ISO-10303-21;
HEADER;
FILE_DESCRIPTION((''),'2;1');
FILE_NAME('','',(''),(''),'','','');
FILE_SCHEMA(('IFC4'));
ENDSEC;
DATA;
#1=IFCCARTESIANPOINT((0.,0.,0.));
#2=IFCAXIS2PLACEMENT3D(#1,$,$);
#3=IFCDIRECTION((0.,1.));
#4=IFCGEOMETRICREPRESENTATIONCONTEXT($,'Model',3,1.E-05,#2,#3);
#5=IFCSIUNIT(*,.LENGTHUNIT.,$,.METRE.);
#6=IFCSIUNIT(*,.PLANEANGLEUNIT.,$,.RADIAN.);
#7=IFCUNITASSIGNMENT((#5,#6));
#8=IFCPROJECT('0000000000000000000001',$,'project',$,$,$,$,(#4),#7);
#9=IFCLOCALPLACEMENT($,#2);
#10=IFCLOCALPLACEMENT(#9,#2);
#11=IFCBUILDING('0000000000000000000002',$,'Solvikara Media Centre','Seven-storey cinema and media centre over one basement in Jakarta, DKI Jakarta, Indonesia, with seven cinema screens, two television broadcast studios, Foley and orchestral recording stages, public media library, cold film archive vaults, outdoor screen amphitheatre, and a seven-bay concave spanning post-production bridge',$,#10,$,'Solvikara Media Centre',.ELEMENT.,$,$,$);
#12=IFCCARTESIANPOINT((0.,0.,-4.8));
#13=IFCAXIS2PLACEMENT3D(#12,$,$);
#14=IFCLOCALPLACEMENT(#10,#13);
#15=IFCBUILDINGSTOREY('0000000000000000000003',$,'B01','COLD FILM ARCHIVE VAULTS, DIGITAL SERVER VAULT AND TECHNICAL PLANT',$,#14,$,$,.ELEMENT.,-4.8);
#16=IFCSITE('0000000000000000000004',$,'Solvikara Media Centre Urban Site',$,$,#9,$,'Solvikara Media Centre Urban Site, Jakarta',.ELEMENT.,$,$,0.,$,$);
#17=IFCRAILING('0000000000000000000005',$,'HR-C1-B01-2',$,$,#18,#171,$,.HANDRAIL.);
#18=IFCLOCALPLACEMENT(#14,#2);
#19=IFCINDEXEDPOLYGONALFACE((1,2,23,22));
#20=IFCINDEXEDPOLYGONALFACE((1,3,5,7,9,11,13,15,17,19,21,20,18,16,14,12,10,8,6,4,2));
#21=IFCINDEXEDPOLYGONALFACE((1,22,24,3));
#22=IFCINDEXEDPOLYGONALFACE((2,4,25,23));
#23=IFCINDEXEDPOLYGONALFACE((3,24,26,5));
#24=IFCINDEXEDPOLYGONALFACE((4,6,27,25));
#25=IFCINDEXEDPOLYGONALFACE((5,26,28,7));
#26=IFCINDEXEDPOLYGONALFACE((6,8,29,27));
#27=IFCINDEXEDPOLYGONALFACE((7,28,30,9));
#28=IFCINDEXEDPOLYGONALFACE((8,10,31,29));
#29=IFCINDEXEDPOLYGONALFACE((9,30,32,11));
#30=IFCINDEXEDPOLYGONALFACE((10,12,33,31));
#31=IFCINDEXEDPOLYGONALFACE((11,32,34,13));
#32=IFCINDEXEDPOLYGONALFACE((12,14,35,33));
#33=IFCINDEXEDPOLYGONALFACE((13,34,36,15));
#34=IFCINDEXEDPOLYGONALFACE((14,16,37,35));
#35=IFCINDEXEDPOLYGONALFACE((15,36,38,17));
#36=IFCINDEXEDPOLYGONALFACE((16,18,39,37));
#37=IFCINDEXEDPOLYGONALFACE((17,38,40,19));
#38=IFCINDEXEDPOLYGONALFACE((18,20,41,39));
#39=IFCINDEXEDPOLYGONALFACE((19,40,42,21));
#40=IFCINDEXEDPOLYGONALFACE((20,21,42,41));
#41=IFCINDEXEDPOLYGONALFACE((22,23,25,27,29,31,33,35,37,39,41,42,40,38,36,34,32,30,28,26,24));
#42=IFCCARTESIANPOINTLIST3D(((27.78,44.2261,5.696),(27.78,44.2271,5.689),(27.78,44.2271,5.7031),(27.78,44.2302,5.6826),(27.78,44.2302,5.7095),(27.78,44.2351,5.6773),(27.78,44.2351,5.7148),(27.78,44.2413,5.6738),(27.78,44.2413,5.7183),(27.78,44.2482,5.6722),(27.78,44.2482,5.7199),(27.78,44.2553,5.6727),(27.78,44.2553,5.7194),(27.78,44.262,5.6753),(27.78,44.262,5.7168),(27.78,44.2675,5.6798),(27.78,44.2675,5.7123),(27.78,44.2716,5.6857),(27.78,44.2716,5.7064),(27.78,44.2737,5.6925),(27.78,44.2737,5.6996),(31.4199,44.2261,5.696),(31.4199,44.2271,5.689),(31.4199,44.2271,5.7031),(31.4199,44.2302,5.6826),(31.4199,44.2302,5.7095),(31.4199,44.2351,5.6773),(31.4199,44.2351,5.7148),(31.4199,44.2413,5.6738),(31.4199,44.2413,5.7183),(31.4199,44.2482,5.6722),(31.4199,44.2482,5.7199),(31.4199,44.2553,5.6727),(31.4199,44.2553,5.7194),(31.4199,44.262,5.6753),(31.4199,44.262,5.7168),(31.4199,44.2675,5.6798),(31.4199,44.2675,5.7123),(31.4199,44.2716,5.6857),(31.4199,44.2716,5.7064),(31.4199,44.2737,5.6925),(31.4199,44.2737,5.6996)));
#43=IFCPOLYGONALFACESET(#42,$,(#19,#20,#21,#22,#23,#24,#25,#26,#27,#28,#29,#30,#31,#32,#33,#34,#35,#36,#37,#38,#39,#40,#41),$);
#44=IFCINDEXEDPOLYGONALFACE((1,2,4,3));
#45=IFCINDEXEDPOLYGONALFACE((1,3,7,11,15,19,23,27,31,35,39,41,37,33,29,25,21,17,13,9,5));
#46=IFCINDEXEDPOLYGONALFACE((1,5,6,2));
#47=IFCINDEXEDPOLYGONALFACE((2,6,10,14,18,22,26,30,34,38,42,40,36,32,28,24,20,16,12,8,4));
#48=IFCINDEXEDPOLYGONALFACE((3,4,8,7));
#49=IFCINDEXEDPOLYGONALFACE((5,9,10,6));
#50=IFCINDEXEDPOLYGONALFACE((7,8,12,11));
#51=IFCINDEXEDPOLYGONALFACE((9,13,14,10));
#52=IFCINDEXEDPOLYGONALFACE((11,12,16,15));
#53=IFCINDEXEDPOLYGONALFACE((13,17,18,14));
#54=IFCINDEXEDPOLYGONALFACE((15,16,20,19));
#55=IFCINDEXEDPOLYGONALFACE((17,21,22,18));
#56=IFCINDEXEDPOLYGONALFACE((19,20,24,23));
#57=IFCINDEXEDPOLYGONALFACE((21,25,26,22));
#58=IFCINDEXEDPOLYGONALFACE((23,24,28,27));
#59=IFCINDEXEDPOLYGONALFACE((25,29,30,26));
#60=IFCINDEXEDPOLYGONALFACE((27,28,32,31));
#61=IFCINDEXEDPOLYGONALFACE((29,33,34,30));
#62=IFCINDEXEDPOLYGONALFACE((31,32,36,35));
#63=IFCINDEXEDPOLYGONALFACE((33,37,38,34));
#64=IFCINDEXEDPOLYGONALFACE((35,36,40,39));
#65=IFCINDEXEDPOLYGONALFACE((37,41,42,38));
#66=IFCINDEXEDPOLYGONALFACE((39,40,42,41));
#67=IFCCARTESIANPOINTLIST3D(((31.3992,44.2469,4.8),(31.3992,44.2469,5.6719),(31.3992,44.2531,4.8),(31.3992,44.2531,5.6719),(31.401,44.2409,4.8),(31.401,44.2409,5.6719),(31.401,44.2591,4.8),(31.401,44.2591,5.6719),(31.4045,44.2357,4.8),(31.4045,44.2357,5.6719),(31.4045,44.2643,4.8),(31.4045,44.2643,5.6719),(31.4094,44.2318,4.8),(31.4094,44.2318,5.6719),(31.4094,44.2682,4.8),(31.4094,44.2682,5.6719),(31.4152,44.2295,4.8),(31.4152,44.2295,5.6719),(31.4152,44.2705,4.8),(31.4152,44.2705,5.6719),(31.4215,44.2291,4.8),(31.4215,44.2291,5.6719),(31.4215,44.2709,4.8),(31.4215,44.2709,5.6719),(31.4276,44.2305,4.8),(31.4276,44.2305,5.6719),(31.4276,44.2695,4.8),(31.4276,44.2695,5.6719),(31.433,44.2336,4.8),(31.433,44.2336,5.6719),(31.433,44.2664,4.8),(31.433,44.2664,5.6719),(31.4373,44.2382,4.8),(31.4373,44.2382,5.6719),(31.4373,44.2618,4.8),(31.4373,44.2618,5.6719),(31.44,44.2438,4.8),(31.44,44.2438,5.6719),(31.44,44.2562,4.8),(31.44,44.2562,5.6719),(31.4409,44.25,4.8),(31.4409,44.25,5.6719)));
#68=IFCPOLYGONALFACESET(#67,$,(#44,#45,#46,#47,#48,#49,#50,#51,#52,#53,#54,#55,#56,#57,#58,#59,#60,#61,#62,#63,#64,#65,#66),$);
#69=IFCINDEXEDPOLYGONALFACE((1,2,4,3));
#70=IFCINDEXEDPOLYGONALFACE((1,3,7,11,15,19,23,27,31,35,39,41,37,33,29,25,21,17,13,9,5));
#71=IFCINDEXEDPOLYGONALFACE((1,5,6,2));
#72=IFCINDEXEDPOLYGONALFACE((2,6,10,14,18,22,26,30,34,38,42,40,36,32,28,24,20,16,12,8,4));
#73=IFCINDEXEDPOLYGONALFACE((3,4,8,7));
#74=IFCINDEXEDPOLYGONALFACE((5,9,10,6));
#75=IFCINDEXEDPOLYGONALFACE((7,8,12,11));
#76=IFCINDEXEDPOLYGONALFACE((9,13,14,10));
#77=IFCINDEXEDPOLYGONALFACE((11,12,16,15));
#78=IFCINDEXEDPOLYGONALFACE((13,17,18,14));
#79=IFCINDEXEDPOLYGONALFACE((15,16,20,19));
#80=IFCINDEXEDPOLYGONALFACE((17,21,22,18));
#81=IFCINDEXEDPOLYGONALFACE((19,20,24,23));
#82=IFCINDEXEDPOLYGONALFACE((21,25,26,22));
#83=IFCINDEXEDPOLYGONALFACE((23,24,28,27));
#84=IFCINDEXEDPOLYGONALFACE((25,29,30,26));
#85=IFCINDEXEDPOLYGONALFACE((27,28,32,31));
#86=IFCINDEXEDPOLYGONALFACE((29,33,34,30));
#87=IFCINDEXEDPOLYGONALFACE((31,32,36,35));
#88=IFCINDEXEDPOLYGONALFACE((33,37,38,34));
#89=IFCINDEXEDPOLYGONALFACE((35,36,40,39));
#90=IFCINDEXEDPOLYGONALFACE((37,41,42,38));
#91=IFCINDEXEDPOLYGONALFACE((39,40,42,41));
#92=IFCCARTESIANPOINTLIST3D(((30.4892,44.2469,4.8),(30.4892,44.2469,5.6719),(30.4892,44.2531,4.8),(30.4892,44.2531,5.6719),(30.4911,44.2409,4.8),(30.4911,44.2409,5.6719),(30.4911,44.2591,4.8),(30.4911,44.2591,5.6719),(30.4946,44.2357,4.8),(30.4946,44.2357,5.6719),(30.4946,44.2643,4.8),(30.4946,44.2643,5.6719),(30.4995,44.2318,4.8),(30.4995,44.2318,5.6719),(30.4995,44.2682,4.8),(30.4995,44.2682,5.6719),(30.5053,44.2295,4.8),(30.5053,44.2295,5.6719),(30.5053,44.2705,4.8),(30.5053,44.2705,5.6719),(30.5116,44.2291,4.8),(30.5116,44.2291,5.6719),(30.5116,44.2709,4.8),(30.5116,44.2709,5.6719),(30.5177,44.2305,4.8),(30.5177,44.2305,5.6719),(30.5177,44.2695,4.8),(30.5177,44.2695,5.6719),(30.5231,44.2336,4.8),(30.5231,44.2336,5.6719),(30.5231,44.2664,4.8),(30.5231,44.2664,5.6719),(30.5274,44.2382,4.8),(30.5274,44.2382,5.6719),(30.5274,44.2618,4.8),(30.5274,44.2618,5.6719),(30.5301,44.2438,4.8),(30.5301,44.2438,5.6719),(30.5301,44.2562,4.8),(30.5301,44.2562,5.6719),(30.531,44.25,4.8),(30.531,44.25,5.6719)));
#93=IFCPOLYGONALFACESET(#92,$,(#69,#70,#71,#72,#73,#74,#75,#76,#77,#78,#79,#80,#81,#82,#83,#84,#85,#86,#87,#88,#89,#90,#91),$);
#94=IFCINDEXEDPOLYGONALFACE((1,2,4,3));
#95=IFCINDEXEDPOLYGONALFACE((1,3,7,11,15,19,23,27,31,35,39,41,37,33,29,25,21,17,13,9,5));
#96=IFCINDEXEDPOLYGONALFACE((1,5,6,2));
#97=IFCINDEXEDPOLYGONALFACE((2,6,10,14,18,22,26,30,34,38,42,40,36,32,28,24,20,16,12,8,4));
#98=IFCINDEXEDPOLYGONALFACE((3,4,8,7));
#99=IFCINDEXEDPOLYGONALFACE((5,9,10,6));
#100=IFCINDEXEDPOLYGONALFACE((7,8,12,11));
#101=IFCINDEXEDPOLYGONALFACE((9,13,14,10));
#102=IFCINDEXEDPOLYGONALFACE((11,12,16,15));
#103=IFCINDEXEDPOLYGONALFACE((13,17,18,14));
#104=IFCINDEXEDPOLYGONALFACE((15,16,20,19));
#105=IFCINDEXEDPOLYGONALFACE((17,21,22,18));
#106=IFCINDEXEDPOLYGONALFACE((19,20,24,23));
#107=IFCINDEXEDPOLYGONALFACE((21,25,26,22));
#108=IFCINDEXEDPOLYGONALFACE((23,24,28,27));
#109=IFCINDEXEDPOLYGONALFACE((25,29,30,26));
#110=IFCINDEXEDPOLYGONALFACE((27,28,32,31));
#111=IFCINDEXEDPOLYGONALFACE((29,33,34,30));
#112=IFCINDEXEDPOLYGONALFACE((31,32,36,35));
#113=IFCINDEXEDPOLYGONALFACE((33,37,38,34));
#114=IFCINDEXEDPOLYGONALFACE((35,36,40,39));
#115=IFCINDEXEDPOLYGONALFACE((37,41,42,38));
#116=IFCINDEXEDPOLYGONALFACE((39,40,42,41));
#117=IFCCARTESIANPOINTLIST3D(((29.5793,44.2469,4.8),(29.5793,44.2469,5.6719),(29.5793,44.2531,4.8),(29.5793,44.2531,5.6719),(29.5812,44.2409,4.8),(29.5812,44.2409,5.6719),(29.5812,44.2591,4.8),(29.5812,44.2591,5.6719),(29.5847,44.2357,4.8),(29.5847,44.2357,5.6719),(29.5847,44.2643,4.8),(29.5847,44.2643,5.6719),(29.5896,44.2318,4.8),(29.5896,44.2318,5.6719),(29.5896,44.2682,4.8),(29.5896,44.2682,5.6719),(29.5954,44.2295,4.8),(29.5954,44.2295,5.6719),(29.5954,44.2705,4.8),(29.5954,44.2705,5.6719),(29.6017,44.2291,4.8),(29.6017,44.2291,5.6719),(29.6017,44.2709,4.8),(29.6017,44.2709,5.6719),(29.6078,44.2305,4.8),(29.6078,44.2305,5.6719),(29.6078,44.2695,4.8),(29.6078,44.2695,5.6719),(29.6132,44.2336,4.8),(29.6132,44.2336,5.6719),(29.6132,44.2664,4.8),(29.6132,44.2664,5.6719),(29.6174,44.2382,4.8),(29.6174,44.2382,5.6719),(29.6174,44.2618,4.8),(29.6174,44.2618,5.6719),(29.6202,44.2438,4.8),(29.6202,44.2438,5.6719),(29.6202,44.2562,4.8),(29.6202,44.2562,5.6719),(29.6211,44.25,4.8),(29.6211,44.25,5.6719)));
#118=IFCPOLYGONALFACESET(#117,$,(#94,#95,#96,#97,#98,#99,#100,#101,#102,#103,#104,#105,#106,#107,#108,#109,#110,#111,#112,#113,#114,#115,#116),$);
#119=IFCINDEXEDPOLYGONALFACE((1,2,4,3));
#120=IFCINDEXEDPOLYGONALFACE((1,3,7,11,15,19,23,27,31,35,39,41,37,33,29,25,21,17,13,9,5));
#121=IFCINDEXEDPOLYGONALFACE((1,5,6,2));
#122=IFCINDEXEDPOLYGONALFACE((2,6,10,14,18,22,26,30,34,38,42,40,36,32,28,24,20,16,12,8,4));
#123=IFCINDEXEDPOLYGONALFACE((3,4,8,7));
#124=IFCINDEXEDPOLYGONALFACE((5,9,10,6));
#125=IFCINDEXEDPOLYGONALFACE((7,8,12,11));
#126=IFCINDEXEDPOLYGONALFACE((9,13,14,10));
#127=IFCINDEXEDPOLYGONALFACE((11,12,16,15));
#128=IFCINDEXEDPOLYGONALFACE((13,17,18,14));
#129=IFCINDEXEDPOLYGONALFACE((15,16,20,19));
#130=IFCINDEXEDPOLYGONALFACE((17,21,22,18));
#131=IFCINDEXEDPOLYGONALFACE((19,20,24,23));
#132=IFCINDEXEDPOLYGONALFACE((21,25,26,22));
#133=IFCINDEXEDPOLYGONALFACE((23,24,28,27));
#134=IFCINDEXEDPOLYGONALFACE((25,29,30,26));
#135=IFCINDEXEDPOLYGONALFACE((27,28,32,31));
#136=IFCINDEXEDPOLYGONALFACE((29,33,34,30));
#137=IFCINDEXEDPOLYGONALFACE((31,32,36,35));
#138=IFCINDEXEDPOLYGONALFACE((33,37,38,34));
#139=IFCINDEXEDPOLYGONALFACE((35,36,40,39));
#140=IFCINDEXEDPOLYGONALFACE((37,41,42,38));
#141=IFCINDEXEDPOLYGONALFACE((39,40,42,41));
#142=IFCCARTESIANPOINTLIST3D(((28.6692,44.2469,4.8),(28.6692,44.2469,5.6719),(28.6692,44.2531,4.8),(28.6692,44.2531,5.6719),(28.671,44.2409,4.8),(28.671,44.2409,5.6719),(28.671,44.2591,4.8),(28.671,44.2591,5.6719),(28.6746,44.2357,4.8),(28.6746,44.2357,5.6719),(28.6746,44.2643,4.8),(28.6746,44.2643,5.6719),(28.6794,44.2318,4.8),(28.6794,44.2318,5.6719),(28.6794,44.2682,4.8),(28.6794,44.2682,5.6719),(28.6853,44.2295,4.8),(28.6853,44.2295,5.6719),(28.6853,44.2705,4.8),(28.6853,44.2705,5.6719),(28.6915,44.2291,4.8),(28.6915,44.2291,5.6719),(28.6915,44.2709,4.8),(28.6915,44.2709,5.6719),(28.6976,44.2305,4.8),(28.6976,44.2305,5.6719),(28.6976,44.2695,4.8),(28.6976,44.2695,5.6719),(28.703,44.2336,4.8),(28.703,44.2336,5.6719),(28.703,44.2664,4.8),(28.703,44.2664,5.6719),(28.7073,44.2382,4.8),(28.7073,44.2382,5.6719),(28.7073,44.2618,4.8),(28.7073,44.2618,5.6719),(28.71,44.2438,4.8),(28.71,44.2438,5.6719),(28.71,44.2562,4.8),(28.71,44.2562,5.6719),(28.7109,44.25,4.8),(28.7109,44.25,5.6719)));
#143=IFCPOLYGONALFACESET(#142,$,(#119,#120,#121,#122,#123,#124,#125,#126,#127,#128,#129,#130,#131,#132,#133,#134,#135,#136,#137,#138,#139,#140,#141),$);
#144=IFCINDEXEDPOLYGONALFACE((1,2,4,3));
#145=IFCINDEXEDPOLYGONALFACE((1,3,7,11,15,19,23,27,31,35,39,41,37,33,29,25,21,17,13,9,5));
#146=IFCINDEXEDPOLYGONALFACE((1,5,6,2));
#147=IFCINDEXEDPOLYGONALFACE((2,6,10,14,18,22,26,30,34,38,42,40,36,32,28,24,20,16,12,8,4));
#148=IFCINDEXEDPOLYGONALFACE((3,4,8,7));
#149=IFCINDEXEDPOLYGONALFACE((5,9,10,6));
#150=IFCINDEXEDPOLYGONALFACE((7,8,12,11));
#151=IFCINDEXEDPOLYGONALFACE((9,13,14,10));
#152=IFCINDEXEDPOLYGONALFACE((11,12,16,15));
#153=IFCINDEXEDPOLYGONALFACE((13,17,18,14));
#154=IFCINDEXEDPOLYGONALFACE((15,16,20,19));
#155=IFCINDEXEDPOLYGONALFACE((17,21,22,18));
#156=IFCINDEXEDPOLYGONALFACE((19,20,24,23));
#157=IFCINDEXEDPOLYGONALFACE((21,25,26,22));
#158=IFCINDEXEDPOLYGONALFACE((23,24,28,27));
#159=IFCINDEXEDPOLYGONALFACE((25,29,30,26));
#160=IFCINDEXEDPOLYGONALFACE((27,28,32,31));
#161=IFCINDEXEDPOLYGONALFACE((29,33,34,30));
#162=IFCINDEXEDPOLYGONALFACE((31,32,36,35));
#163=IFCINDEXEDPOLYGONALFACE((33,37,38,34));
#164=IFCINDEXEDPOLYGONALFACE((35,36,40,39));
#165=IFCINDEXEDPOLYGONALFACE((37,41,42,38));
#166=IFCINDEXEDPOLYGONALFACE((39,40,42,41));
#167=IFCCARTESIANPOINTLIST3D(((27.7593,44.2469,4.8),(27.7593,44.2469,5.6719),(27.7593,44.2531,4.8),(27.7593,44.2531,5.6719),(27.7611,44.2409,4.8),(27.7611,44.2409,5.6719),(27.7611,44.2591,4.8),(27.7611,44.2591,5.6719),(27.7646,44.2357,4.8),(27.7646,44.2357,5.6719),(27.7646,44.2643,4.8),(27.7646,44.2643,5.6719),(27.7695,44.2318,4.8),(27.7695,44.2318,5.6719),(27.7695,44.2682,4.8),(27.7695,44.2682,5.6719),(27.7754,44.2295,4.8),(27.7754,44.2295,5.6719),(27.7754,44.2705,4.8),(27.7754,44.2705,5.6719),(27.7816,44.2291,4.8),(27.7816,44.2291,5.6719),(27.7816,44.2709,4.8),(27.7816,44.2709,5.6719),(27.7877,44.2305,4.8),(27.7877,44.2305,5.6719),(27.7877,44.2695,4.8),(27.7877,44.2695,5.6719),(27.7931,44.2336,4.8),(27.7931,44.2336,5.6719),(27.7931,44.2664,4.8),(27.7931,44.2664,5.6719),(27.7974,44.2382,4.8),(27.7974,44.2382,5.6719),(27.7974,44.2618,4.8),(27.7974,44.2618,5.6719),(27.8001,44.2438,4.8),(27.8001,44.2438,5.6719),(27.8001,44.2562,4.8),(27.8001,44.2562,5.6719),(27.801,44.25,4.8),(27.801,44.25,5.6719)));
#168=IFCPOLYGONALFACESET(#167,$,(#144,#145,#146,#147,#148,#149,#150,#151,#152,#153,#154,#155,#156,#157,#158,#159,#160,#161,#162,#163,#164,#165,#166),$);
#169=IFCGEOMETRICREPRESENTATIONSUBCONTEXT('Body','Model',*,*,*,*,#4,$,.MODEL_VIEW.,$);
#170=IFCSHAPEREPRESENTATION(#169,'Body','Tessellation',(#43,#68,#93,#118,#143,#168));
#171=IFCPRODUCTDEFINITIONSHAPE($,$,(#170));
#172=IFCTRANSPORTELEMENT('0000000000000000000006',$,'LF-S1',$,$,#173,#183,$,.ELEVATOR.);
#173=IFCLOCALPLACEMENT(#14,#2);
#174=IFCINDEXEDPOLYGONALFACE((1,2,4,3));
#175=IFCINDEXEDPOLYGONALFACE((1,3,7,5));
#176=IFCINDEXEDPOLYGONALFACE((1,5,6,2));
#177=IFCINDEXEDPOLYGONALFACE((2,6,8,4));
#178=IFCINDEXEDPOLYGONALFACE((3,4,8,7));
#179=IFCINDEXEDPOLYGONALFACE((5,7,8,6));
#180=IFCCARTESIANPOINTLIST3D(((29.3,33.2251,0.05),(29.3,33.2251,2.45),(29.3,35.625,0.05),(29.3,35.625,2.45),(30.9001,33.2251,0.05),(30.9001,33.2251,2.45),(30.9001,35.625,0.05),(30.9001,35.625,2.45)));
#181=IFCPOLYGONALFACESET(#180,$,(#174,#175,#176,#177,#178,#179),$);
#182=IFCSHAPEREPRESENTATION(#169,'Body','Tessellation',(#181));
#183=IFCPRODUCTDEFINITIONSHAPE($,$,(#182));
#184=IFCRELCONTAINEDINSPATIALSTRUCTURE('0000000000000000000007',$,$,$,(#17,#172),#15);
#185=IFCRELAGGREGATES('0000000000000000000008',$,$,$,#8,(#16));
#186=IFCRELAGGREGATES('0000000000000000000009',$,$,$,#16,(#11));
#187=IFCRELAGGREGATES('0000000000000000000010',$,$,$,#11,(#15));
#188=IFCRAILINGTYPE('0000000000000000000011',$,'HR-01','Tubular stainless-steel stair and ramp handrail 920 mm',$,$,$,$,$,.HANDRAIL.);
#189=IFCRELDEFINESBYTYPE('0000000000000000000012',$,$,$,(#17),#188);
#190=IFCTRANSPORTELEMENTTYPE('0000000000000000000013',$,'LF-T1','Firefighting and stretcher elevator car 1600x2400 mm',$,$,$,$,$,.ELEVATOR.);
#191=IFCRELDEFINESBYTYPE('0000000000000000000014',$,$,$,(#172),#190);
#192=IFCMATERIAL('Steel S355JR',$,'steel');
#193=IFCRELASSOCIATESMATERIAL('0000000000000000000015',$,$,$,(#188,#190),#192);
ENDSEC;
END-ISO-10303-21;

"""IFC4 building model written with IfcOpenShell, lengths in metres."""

from ifc_helpers import new_model, si_unit, direction, frame, origin, origin_2d, place, context, subcontext, project, spatial, rectangle, circle, extrude, material, type_object, element, save


model = new_model("IFC4")

# Units and contexts
model_context = context("Model", 3, precision=1e-05, world=origin(), true_north=direction((0.0, 1.0)))
body_context = subcontext(model_context, "Body", "Model", "MODEL_VIEW")
ifc_project = project(units=[si_unit("LENGTHUNIT", "METRE"), si_unit("PLANEANGLEUNIT", "RADIAN")], contexts=[model_context])

# Site, building, storey
site_placement = place(None, origin())
site = spatial("IfcSite", under=ifc_project, at=site_placement, Name="Solvikara Media Centre Urban Site", LongName="Solvikara Media Centre Urban Site, Jakarta", CompositionType="ELEMENT", RefElevation=0.0)
building_placement = place(site_placement, origin())
building = spatial("IfcBuilding", under=site, at=building_placement, Name="Solvikara Media Centre", Description="Seven-storey cinema and media centre over one basement in Jakarta, DKI Jakarta, Indonesia, with seven cinema screens, two television broadcast studios, Foley and orchestral recording stages, public media library, cold film archive vaults, outdoor screen amphitheatre, and a seven-bay concave spanning post-production bridge", LongName="Solvikara Media Centre", CompositionType="ELEMENT")
storey_placement = place(building_placement, frame((0.0, 0.0, -4.8)))
storey = spatial("IfcBuildingStorey", under=building, at=storey_placement, Name="B01", Description="COLD FILM ARCHIVE VAULTS, DIGITAL SERVER VAULT AND TECHNICAL PLANT", CompositionType="ELEMENT", Elevation=-4.8)

# Railing
ifc_material_1 = material(Name="Steel S355JR", Category="steel")
railing_type_1 = type_object("IfcRailingType", Name="HR-01", Description="Tubular stainless-steel stair and ramp handrail 920 mm", PredefinedType="HANDRAIL", material=ifc_material_1)
railing_1_placement = place(storey_placement, frame((31.4199, 44.25, 4.8)))
element("IfcRailing", 1, at=railing_1_placement, inside=storey, type_object=railing_type_1, Name="HR-C1-B01-2", PredefinedType="HANDRAIL", context=body_context, shape_type="SweptSolid", body=[
    extrude(circle(Radius=0.0239, at=origin_2d()), frame((0.0, 0.0, 0.896), z_axis=(-1.0, 0.0, 0.0), x_axis=(0.0, -1.0, 0.0)), (0.0, 0.0, 1.0), 3.6399),
    extrude(circle(Radius=0.021, at=origin_2d()), origin(), (0.0, 0.0, 1.0), 0.8718),
    extrude(circle(Radius=0.021, at=origin_2d()), frame((-0.9099, 0.0, 0.0)), (0.0, 0.0, 1.0), 0.8718),
    extrude(circle(Radius=0.021, at=origin_2d()), frame((-1.8198, 0.0, 0.0)), (0.0, 0.0, 1.0), 0.8718),
    extrude(circle(Radius=0.021, at=origin_2d()), frame((-2.73, 0.0, 0.0)), (0.0, 0.0, 1.0), 0.8718),
    extrude(circle(Radius=0.021, at=origin_2d()), frame((-3.6399, 0.0, 0.0)), (0.0, 0.0, 1.0), 0.8718),
])

# Transport element
transport_element_type = type_object("IfcTransportElementType", Name="LF-T1", Description="Firefighting and stretcher elevator car 1600x2400 mm", PredefinedType="ELEVATOR", material=ifc_material_1)
transport_element_placement = place(storey_placement, frame((30.1001, 34.425, 0.05), z_axis=(0.0, 0.0, 1.0), x_axis=(1.0, 0.0, 0.0)))
element("IfcTransportElement", 2, at=transport_element_placement, inside=storey, type_object=transport_element_type, Name="LF-S1", PredefinedType="ELEVATOR", context=body_context, shape_type="SweptSolid", body=[
    extrude(rectangle(XDim=1.6001, YDim=2.3999, at=origin_2d()), origin(), (0.0, 0.0, 1.0), 2.3999),
])

save(model, "model.ifc")
